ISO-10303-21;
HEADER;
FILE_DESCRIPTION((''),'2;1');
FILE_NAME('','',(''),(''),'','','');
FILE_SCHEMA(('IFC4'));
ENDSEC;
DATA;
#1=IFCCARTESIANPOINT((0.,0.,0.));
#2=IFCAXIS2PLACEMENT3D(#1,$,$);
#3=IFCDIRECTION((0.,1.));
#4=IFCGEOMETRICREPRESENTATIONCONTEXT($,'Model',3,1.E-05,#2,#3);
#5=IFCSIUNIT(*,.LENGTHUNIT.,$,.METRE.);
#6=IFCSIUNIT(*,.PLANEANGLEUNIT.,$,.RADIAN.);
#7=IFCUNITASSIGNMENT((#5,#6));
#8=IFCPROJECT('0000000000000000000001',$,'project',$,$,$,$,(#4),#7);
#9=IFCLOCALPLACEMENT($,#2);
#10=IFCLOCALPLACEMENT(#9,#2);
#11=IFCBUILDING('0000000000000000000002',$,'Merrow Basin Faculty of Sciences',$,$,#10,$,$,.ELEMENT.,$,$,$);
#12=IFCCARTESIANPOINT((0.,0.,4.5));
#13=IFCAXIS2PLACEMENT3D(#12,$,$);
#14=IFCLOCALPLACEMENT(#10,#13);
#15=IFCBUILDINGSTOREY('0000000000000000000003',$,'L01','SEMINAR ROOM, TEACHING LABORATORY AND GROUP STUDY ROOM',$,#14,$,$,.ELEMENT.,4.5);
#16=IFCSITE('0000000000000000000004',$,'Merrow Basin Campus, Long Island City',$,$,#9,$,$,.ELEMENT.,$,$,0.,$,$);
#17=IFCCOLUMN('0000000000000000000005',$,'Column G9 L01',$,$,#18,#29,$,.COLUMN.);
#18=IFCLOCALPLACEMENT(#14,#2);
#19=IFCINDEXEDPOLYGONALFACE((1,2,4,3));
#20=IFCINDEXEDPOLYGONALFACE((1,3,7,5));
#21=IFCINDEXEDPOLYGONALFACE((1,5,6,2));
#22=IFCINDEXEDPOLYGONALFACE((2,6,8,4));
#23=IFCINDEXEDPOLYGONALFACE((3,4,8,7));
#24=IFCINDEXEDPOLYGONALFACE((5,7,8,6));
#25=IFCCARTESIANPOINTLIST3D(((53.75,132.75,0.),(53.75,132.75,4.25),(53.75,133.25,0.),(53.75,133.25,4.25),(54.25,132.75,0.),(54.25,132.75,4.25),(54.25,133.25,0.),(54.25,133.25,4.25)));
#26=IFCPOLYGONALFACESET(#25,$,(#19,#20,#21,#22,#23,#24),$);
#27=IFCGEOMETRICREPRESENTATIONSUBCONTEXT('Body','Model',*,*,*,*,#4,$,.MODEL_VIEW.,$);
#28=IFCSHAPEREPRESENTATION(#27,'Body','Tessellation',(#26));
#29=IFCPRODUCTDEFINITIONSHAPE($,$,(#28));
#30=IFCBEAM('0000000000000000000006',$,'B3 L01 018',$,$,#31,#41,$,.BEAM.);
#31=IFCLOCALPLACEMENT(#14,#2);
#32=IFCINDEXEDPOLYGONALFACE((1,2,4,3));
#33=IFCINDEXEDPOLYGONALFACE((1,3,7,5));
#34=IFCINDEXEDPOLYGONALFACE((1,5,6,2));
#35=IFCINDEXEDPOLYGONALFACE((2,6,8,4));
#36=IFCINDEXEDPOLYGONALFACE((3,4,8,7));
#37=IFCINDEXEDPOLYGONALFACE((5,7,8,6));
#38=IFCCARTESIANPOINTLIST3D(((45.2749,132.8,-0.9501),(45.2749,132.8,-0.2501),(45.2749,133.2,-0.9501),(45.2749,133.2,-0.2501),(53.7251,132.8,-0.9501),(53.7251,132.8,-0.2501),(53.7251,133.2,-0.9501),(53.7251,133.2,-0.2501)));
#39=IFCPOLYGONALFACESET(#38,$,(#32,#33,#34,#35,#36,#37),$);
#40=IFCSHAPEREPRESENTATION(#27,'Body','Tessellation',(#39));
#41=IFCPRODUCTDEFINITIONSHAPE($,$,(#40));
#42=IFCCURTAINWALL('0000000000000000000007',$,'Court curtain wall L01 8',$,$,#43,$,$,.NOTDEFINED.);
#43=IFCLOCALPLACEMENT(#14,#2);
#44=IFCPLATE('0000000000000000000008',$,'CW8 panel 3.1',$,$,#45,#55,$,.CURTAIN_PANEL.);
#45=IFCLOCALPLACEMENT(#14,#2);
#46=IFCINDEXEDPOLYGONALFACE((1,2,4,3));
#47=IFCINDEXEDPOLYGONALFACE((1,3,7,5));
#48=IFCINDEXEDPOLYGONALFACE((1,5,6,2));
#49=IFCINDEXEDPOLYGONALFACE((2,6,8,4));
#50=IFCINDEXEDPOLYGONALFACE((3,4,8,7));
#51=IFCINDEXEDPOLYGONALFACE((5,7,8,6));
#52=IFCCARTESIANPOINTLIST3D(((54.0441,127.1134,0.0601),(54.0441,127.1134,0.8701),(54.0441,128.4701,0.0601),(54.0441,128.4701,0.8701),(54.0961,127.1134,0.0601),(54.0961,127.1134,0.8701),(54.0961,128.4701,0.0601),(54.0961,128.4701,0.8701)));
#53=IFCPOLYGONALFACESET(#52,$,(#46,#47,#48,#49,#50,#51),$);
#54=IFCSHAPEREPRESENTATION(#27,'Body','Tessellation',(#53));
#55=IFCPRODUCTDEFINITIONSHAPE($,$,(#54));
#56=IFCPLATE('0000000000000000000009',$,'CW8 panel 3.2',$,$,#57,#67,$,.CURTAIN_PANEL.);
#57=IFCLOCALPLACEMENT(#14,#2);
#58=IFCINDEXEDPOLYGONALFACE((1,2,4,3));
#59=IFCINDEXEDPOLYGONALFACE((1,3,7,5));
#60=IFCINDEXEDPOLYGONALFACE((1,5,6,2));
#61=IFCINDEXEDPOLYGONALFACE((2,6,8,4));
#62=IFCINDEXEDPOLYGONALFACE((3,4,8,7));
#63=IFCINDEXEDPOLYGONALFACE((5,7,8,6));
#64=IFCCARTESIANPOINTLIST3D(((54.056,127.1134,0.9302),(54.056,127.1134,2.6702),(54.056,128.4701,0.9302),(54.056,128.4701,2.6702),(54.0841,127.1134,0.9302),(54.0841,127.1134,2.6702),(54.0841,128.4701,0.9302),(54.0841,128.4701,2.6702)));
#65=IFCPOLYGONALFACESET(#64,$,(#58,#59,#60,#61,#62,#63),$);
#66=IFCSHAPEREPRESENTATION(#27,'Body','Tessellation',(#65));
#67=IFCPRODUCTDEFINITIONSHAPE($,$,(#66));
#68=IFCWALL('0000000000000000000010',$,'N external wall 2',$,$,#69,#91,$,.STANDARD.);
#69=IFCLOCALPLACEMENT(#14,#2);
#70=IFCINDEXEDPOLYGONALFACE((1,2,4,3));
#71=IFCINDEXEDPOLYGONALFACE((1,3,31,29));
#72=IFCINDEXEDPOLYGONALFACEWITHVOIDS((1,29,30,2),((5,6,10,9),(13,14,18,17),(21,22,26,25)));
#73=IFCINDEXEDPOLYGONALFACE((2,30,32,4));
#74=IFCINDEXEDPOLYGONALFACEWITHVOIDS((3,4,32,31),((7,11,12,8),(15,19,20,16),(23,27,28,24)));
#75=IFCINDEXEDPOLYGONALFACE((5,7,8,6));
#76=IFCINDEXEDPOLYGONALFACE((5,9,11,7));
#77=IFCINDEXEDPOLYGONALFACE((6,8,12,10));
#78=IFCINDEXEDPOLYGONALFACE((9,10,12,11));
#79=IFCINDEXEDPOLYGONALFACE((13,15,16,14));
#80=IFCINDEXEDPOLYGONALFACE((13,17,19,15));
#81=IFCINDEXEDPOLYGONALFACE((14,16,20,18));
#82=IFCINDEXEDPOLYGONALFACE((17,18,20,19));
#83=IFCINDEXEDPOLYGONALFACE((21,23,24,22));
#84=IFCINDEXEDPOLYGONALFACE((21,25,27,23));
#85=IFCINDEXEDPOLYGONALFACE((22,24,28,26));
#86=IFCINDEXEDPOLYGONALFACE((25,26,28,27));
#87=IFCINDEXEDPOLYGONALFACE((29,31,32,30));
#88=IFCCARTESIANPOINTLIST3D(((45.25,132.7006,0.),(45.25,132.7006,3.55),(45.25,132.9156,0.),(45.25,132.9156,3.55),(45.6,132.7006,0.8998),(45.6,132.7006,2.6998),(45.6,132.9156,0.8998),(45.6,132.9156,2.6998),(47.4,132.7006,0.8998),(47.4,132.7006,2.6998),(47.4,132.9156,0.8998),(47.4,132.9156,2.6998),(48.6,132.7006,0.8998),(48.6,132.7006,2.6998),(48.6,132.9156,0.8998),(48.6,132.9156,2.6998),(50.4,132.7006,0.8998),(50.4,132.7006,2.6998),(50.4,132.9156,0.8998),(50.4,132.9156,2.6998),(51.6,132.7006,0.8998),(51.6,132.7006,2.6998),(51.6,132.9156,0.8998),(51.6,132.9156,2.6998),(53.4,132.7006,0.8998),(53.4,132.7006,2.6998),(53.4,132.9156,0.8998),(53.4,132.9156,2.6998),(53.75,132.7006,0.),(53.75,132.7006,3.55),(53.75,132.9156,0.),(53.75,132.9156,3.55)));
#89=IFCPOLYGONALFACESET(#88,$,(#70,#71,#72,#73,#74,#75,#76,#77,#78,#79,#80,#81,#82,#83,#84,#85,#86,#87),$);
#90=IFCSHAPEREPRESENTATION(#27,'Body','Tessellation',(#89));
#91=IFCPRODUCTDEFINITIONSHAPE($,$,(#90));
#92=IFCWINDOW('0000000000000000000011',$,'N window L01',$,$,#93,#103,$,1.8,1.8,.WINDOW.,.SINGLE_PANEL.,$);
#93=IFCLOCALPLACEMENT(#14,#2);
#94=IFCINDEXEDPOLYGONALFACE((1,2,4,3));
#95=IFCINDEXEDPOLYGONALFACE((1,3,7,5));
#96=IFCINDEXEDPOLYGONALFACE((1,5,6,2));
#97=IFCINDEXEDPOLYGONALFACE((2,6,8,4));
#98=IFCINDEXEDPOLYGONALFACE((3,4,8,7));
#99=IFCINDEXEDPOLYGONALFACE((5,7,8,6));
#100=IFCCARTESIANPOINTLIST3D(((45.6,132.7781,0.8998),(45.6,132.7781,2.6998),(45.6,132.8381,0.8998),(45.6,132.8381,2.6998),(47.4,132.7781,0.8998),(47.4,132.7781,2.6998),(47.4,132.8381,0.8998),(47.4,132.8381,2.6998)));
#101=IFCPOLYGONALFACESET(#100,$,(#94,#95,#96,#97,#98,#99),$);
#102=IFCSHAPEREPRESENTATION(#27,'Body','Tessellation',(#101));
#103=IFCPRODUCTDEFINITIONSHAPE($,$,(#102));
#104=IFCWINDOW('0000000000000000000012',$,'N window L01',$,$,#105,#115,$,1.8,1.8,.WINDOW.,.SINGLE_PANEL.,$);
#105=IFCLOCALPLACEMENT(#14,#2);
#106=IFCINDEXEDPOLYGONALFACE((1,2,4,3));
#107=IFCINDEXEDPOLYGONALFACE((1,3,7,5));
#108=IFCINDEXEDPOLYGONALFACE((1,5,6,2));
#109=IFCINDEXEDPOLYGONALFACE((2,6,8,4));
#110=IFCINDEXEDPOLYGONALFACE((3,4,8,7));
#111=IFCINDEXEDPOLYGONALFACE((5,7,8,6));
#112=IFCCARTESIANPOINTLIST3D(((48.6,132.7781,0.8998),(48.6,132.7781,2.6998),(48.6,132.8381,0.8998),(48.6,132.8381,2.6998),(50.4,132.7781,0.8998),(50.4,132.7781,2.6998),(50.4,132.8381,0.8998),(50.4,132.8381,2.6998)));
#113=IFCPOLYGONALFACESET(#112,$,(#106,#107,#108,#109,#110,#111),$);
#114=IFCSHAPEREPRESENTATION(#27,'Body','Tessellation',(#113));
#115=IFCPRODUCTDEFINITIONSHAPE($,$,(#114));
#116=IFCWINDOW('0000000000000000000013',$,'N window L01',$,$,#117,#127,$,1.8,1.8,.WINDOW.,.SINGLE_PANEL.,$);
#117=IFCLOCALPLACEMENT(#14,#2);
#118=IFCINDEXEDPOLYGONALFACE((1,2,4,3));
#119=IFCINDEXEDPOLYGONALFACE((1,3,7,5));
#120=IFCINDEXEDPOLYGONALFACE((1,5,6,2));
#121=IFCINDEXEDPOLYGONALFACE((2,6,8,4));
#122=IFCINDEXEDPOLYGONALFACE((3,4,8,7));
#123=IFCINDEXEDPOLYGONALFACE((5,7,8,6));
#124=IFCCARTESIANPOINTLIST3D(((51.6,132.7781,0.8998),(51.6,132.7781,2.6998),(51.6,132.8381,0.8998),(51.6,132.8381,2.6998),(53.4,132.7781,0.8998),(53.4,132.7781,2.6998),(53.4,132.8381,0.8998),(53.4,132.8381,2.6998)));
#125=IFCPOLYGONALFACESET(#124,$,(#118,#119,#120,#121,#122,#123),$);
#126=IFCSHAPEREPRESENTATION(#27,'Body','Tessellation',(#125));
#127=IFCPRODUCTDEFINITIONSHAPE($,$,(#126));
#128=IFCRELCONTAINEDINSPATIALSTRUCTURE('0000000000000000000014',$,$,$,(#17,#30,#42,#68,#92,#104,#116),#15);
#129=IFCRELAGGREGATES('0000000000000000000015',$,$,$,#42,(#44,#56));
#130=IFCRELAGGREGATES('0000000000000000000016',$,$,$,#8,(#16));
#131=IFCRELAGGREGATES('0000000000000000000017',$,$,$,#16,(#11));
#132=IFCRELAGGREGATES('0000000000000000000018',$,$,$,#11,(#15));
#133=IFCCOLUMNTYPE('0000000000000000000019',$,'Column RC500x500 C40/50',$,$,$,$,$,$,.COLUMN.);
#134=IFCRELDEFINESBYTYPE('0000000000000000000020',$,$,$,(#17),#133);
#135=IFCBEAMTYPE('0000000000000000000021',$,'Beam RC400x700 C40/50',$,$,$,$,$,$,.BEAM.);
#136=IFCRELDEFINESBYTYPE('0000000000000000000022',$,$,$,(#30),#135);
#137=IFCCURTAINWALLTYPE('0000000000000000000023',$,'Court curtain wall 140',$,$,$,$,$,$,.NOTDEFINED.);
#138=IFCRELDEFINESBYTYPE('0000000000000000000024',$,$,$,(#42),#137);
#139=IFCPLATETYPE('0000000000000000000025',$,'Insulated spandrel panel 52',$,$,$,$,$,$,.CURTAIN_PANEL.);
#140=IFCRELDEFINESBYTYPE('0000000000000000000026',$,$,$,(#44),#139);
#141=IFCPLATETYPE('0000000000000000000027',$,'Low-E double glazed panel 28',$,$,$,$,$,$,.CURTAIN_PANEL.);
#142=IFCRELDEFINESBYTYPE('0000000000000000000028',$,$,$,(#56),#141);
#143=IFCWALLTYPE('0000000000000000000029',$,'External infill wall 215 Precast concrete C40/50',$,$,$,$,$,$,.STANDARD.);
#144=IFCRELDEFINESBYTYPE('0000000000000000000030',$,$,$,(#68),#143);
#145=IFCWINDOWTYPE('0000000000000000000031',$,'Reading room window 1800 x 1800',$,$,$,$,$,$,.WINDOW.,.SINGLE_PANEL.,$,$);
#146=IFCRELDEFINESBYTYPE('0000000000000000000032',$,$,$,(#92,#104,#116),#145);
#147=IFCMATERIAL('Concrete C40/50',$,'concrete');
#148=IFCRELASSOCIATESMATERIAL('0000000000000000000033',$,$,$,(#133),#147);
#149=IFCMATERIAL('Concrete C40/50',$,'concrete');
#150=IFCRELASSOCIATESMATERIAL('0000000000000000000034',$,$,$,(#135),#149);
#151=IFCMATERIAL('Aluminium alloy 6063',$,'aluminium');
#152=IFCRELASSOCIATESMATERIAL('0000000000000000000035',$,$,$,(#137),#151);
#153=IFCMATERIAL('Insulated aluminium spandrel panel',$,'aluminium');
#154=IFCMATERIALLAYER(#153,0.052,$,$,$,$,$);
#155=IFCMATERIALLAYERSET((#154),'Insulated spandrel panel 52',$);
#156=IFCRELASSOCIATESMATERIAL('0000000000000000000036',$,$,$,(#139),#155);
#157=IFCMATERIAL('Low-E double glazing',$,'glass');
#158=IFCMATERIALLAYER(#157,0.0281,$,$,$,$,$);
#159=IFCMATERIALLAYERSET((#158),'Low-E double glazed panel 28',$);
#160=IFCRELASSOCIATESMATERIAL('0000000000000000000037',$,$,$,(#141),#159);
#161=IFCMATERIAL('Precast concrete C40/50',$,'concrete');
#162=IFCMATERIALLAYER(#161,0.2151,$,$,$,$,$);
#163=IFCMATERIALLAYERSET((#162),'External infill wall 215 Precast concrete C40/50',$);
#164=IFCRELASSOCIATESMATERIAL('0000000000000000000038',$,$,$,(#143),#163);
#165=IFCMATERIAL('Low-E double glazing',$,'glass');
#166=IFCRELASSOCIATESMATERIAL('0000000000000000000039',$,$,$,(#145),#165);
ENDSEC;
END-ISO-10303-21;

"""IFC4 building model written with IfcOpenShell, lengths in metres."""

from ifc_helpers import new_model, si_unit, direction, frame, frame_2d, origin, origin_2d, place, context, subcontext, project, spatial, rectangle, extrude, material, layer, layer_set, material_profile, profile_set, type_object, element, fill, aggregate, save


model = new_model("IFC4")

# Units and contexts
model_context = context("Model", 3, precision=1e-05, world=origin(), true_north=direction((0.0, 1.0)))
body_context = subcontext(model_context, "Body", "Model", "MODEL_VIEW")
ifc_project = project(units=[si_unit("LENGTHUNIT", "METRE"), si_unit("PLANEANGLEUNIT", "RADIAN")], contexts=[model_context])

# Site, building, storey
site_placement = place(None, origin())
site = spatial("IfcSite", under=ifc_project, at=site_placement, Name="Merrow Basin Campus, Long Island City", CompositionType="ELEMENT", RefElevation=0.0)
building_placement = place(site_placement, origin())
building = spatial("IfcBuilding", under=site, at=building_placement, Name="Merrow Basin Faculty of Sciences", CompositionType="ELEMENT")
storey_placement = place(building_placement, frame((0.0, 0.0, 4.5)))
storey = spatial("IfcBuildingStorey", under=building, at=storey_placement, Name="L01", Description="SEMINAR ROOM, TEACHING LABORATORY AND GROUP STUDY ROOM", CompositionType="ELEMENT", Elevation=4.5)

# Column
ifc_material_1 = material(Name="Concrete C40/50", Category="concrete")
ifc_material_profile_1 = material_profile(ifc_material_1, rectangle(XDim=0.5, YDim=0.5, at=origin_2d()))
ifc_profile_set_1 = profile_set([ifc_material_profile_1], Name="Concrete C40/50")
column_type = type_object("IfcColumnType", Name="Column RC500x500 C40/50", PredefinedType="COLUMN", material=ifc_profile_set_1)
column_placement = place(storey_placement, frame((54.0, 133.0, 0.0), z_axis=(0.0, 0.0, 1.0), x_axis=(1.0, 0.0, 0.0)))
element("IfcColumn", 1, at=column_placement, inside=storey, type_object=column_type, Name="Column G9 L01", PredefinedType="COLUMN", context=body_context, shape_type="SweptSolid", body=[
    extrude(rectangle(XDim=0.5, YDim=0.5, at=origin_2d()), origin(), (0.0, 0.0, 1.0), 4.25),
])

# Beam
ifc_material_2 = material(Name="Concrete C40/50", Category="concrete")
ifc_material_profile_2 = material_profile(ifc_material_2, rectangle(XDim=0.3999, YDim=0.7, at=origin_2d()))
ifc_profile_set_2 = profile_set([ifc_material_profile_2], Name="Concrete C40/50")
beam_type = type_object("IfcBeamType", Name="Beam RC400x700 C40/50", PredefinedType="BEAM", material=ifc_profile_set_2)
beam_placement = place(storey_placement, frame((45.2749, 133.0, -0.6001), z_axis=(1.0, 0.0, 0.0), x_axis=(0.0, 1.0, 0.0)))
element("IfcBeam", 2, at=beam_placement, inside=storey, type_object=beam_type, Name="B3 L01 018", PredefinedType="BEAM", context=body_context, shape_type="SweptSolid", body=[
    extrude(rectangle(XDim=0.3999, YDim=0.7, at=origin_2d()), origin(), (0.0, 0.0, 1.0), 8.4502),
])

# Curtain wall, plates
ifc_material_3 = material(Name="Aluminium alloy 6063", Category="aluminium")
curtain_wall_type = type_object("IfcCurtainWallType", Name="Court curtain wall 140", PredefinedType="NOTDEFINED", material=ifc_material_3)
curtain_wall_placement = place(storey_placement, origin())
curtain_wall = element("IfcCurtainWall", 3, at=curtain_wall_placement, inside=storey, type_object=curtain_wall_type, Name="Court curtain wall L01 8", PredefinedType="NOTDEFINED")
ifc_material_4 = material(Name="Insulated aluminium spandrel panel", Category="aluminium")
ifc_layer_1 = layer(ifc_material_4, 0.052)
ifc_layer_set_1 = layer_set([ifc_layer_1], Name="Insulated spandrel panel 52")
plate_type_1 = type_object("IfcPlateType", Name="Insulated spandrel panel 52", PredefinedType="CURTAIN_PANEL", material=ifc_layer_set_1)
plate_1_placement = place(storey_placement, frame((54.0701, 127.7917, 0.0601), z_axis=(0.0, 0.0, 1.0), x_axis=(0.0, 1.0, 0.0)))
plate_1 = element("IfcPlate", 4, at=plate_1_placement, type_object=plate_type_1, Name="CW8 panel 3.1", PredefinedType="CURTAIN_PANEL", context=body_context, shape_type="SweptSolid", body=[
    extrude(rectangle(XDim=1.3567, YDim=0.052, at=origin_2d()), origin(), (0.0, 0.0, 1.0), 0.8101),
])
ifc_material_5 = material(Name="Low-E double glazing", Category="glass")
ifc_layer_2 = layer(ifc_material_5, 0.0281)
ifc_layer_set_2 = layer_set([ifc_layer_2], Name="Low-E double glazed panel 28")
plate_type_2 = type_object("IfcPlateType", Name="Low-E double glazed panel 28", PredefinedType="CURTAIN_PANEL", material=ifc_layer_set_2)
plate_2_placement = place(storey_placement, frame((54.0701, 127.7917, 0.9302), z_axis=(0.0, 0.0, 1.0), x_axis=(0.0, 1.0, 0.0)))
plate_2 = element("IfcPlate", 5, at=plate_2_placement, type_object=plate_type_2, Name="CW8 panel 3.2", PredefinedType="CURTAIN_PANEL", context=body_context, shape_type="SweptSolid", body=[
    extrude(rectangle(XDim=1.3567, YDim=0.0281, at=origin_2d()), origin(), (0.0, 0.0, 1.0), 1.74),
])
aggregate(curtain_wall, [plate_1, plate_2])

# Wall, openings, windows
ifc_material_6 = material(Name="Precast concrete C40/50", Category="concrete")
ifc_layer_3 = layer(ifc_material_6, 0.2151)
ifc_layer_set_3 = layer_set([ifc_layer_3], Name="External infill wall 215 Precast concrete C40/50")
wall_type = type_object("IfcWallType", Name="External infill wall 215 Precast concrete C40/50", PredefinedType="STANDARD", material=ifc_layer_set_3)
wall_1_placement = place(storey_placement, frame((45.25, 132.8081, 0.0), z_axis=(0.0, 0.0, 1.0), x_axis=(1.0, 0.0, 0.0)))
wall_1 = element("IfcWall", 6, at=wall_1_placement, inside=storey, type_object=wall_type, Name="N external wall 2", PredefinedType="STANDARD", context=body_context, shape_type="SweptSolid", body=[
    extrude(rectangle(XDim=8.5, YDim=0.2151, at=frame_2d((4.25, 0.0))), origin(), (0.0, 0.0, 1.0), 3.55),
])
opening_1_placement = place(wall_1_placement, frame((0.3501, 0.0, 0.8999)))
opening_1 = element("IfcOpeningElement", 7, at=opening_1_placement, cuts=wall_1, PredefinedType="OPENING", context=body_context, shape_type="SweptSolid", body=[
    extrude(rectangle(XDim=1.8, YDim=1.8, at=frame_2d((0.8999, 0.8999))), frame((0.0, 0.1174, 0.0), z_axis=(0.0, -1.0, 0.0), x_axis=(1.0, 0.0, 0.0)), (0.0, 0.0, 1.0), 0.2351),
])
opening_2_placement = place(wall_1_placement, frame((3.3501, 0.0, 0.8999)))
opening_2 = element("IfcOpeningElement", 8, at=opening_2_placement, cuts=wall_1, PredefinedType="OPENING", context=body_context, shape_type="SweptSolid", body=[
    extrude(rectangle(XDim=1.8, YDim=1.8, at=frame_2d((0.8999, 0.8999))), frame((0.0, 0.1174, 0.0), z_axis=(0.0, -1.0, 0.0), x_axis=(1.0, 0.0, 0.0)), (0.0, 0.0, 1.0), 0.2351),
])
opening_3_placement = place(wall_1_placement, frame((6.3501, 0.0, 0.8999)))
opening_3 = element("IfcOpeningElement", 9, at=opening_3_placement, cuts=wall_1, PredefinedType="OPENING", context=body_context, shape_type="SweptSolid", body=[
    extrude(rectangle(XDim=1.8, YDim=1.8, at=frame_2d((0.8999, 0.8999))), frame((0.0, 0.1174, 0.0), z_axis=(0.0, -1.0, 0.0), x_axis=(1.0, 0.0, 0.0)), (0.0, 0.0, 1.0), 0.2351),
])
ifc_material_7 = material(Name="Low-E double glazing", Category="glass")
window_type_1 = type_object("IfcWindowType", Name="Reading room window 1800 x 1800", PartitioningType="SINGLE_PANEL", PredefinedType="WINDOW", material=ifc_material_7)
window_1_placement = place(opening_1_placement, origin())
window_1 = element("IfcWindow", 10, at=window_1_placement, inside=storey, type_object=window_type_1, Name="N window L01", OverallHeight=1.8, OverallWidth=1.8, PartitioningType="SINGLE_PANEL", PredefinedType="WINDOW", context=body_context, shape_type="SweptSolid", body=[
    extrude(rectangle(XDim=1.8, YDim=1.8, at=frame_2d((0.8999, 0.8999))), frame((0.0, 0.03, 0.0), z_axis=(0.0, -1.0, 0.0), x_axis=(1.0, 0.0, 0.0)), (0.0, 0.0, 1.0), 0.0601),
])
fill(opening_1, window_1)
window_2_placement = place(opening_2_placement, origin())
window_2 = element("IfcWindow", 11, at=window_2_placement, inside=storey, type_object=window_type_1, Name="N window L01", OverallHeight=1.8, OverallWidth=1.8, PartitioningType="SINGLE_PANEL", PredefinedType="WINDOW", context=body_context, shape_type="SweptSolid", body=[
    extrude(rectangle(XDim=1.8, YDim=1.8, at=frame_2d((0.8999, 0.8999))), frame((0.0, 0.03, 0.0), z_axis=(0.0, -1.0, 0.0), x_axis=(1.0, 0.0, 0.0)), (0.0, 0.0, 1.0), 0.0601),
])
fill(opening_2, window_2)
window_3_placement = place(opening_3_placement, origin())
window_3 = element("IfcWindow", 12, at=window_3_placement, inside=storey, type_object=window_type_1, Name="N window L01", OverallHeight=1.8, OverallWidth=1.8, PartitioningType="SINGLE_PANEL", PredefinedType="WINDOW", context=body_context, shape_type="SweptSolid", body=[
    extrude(rectangle(XDim=1.8, YDim=1.8, at=frame_2d((0.8999, 0.8999))), frame((0.0, 0.03, 0.0), z_axis=(0.0, -1.0, 0.0), x_axis=(1.0, 0.0, 0.0)), (0.0, 0.0, 1.0), 0.0601),
])
fill(opening_3, window_3)

save(model, "model.ifc")
